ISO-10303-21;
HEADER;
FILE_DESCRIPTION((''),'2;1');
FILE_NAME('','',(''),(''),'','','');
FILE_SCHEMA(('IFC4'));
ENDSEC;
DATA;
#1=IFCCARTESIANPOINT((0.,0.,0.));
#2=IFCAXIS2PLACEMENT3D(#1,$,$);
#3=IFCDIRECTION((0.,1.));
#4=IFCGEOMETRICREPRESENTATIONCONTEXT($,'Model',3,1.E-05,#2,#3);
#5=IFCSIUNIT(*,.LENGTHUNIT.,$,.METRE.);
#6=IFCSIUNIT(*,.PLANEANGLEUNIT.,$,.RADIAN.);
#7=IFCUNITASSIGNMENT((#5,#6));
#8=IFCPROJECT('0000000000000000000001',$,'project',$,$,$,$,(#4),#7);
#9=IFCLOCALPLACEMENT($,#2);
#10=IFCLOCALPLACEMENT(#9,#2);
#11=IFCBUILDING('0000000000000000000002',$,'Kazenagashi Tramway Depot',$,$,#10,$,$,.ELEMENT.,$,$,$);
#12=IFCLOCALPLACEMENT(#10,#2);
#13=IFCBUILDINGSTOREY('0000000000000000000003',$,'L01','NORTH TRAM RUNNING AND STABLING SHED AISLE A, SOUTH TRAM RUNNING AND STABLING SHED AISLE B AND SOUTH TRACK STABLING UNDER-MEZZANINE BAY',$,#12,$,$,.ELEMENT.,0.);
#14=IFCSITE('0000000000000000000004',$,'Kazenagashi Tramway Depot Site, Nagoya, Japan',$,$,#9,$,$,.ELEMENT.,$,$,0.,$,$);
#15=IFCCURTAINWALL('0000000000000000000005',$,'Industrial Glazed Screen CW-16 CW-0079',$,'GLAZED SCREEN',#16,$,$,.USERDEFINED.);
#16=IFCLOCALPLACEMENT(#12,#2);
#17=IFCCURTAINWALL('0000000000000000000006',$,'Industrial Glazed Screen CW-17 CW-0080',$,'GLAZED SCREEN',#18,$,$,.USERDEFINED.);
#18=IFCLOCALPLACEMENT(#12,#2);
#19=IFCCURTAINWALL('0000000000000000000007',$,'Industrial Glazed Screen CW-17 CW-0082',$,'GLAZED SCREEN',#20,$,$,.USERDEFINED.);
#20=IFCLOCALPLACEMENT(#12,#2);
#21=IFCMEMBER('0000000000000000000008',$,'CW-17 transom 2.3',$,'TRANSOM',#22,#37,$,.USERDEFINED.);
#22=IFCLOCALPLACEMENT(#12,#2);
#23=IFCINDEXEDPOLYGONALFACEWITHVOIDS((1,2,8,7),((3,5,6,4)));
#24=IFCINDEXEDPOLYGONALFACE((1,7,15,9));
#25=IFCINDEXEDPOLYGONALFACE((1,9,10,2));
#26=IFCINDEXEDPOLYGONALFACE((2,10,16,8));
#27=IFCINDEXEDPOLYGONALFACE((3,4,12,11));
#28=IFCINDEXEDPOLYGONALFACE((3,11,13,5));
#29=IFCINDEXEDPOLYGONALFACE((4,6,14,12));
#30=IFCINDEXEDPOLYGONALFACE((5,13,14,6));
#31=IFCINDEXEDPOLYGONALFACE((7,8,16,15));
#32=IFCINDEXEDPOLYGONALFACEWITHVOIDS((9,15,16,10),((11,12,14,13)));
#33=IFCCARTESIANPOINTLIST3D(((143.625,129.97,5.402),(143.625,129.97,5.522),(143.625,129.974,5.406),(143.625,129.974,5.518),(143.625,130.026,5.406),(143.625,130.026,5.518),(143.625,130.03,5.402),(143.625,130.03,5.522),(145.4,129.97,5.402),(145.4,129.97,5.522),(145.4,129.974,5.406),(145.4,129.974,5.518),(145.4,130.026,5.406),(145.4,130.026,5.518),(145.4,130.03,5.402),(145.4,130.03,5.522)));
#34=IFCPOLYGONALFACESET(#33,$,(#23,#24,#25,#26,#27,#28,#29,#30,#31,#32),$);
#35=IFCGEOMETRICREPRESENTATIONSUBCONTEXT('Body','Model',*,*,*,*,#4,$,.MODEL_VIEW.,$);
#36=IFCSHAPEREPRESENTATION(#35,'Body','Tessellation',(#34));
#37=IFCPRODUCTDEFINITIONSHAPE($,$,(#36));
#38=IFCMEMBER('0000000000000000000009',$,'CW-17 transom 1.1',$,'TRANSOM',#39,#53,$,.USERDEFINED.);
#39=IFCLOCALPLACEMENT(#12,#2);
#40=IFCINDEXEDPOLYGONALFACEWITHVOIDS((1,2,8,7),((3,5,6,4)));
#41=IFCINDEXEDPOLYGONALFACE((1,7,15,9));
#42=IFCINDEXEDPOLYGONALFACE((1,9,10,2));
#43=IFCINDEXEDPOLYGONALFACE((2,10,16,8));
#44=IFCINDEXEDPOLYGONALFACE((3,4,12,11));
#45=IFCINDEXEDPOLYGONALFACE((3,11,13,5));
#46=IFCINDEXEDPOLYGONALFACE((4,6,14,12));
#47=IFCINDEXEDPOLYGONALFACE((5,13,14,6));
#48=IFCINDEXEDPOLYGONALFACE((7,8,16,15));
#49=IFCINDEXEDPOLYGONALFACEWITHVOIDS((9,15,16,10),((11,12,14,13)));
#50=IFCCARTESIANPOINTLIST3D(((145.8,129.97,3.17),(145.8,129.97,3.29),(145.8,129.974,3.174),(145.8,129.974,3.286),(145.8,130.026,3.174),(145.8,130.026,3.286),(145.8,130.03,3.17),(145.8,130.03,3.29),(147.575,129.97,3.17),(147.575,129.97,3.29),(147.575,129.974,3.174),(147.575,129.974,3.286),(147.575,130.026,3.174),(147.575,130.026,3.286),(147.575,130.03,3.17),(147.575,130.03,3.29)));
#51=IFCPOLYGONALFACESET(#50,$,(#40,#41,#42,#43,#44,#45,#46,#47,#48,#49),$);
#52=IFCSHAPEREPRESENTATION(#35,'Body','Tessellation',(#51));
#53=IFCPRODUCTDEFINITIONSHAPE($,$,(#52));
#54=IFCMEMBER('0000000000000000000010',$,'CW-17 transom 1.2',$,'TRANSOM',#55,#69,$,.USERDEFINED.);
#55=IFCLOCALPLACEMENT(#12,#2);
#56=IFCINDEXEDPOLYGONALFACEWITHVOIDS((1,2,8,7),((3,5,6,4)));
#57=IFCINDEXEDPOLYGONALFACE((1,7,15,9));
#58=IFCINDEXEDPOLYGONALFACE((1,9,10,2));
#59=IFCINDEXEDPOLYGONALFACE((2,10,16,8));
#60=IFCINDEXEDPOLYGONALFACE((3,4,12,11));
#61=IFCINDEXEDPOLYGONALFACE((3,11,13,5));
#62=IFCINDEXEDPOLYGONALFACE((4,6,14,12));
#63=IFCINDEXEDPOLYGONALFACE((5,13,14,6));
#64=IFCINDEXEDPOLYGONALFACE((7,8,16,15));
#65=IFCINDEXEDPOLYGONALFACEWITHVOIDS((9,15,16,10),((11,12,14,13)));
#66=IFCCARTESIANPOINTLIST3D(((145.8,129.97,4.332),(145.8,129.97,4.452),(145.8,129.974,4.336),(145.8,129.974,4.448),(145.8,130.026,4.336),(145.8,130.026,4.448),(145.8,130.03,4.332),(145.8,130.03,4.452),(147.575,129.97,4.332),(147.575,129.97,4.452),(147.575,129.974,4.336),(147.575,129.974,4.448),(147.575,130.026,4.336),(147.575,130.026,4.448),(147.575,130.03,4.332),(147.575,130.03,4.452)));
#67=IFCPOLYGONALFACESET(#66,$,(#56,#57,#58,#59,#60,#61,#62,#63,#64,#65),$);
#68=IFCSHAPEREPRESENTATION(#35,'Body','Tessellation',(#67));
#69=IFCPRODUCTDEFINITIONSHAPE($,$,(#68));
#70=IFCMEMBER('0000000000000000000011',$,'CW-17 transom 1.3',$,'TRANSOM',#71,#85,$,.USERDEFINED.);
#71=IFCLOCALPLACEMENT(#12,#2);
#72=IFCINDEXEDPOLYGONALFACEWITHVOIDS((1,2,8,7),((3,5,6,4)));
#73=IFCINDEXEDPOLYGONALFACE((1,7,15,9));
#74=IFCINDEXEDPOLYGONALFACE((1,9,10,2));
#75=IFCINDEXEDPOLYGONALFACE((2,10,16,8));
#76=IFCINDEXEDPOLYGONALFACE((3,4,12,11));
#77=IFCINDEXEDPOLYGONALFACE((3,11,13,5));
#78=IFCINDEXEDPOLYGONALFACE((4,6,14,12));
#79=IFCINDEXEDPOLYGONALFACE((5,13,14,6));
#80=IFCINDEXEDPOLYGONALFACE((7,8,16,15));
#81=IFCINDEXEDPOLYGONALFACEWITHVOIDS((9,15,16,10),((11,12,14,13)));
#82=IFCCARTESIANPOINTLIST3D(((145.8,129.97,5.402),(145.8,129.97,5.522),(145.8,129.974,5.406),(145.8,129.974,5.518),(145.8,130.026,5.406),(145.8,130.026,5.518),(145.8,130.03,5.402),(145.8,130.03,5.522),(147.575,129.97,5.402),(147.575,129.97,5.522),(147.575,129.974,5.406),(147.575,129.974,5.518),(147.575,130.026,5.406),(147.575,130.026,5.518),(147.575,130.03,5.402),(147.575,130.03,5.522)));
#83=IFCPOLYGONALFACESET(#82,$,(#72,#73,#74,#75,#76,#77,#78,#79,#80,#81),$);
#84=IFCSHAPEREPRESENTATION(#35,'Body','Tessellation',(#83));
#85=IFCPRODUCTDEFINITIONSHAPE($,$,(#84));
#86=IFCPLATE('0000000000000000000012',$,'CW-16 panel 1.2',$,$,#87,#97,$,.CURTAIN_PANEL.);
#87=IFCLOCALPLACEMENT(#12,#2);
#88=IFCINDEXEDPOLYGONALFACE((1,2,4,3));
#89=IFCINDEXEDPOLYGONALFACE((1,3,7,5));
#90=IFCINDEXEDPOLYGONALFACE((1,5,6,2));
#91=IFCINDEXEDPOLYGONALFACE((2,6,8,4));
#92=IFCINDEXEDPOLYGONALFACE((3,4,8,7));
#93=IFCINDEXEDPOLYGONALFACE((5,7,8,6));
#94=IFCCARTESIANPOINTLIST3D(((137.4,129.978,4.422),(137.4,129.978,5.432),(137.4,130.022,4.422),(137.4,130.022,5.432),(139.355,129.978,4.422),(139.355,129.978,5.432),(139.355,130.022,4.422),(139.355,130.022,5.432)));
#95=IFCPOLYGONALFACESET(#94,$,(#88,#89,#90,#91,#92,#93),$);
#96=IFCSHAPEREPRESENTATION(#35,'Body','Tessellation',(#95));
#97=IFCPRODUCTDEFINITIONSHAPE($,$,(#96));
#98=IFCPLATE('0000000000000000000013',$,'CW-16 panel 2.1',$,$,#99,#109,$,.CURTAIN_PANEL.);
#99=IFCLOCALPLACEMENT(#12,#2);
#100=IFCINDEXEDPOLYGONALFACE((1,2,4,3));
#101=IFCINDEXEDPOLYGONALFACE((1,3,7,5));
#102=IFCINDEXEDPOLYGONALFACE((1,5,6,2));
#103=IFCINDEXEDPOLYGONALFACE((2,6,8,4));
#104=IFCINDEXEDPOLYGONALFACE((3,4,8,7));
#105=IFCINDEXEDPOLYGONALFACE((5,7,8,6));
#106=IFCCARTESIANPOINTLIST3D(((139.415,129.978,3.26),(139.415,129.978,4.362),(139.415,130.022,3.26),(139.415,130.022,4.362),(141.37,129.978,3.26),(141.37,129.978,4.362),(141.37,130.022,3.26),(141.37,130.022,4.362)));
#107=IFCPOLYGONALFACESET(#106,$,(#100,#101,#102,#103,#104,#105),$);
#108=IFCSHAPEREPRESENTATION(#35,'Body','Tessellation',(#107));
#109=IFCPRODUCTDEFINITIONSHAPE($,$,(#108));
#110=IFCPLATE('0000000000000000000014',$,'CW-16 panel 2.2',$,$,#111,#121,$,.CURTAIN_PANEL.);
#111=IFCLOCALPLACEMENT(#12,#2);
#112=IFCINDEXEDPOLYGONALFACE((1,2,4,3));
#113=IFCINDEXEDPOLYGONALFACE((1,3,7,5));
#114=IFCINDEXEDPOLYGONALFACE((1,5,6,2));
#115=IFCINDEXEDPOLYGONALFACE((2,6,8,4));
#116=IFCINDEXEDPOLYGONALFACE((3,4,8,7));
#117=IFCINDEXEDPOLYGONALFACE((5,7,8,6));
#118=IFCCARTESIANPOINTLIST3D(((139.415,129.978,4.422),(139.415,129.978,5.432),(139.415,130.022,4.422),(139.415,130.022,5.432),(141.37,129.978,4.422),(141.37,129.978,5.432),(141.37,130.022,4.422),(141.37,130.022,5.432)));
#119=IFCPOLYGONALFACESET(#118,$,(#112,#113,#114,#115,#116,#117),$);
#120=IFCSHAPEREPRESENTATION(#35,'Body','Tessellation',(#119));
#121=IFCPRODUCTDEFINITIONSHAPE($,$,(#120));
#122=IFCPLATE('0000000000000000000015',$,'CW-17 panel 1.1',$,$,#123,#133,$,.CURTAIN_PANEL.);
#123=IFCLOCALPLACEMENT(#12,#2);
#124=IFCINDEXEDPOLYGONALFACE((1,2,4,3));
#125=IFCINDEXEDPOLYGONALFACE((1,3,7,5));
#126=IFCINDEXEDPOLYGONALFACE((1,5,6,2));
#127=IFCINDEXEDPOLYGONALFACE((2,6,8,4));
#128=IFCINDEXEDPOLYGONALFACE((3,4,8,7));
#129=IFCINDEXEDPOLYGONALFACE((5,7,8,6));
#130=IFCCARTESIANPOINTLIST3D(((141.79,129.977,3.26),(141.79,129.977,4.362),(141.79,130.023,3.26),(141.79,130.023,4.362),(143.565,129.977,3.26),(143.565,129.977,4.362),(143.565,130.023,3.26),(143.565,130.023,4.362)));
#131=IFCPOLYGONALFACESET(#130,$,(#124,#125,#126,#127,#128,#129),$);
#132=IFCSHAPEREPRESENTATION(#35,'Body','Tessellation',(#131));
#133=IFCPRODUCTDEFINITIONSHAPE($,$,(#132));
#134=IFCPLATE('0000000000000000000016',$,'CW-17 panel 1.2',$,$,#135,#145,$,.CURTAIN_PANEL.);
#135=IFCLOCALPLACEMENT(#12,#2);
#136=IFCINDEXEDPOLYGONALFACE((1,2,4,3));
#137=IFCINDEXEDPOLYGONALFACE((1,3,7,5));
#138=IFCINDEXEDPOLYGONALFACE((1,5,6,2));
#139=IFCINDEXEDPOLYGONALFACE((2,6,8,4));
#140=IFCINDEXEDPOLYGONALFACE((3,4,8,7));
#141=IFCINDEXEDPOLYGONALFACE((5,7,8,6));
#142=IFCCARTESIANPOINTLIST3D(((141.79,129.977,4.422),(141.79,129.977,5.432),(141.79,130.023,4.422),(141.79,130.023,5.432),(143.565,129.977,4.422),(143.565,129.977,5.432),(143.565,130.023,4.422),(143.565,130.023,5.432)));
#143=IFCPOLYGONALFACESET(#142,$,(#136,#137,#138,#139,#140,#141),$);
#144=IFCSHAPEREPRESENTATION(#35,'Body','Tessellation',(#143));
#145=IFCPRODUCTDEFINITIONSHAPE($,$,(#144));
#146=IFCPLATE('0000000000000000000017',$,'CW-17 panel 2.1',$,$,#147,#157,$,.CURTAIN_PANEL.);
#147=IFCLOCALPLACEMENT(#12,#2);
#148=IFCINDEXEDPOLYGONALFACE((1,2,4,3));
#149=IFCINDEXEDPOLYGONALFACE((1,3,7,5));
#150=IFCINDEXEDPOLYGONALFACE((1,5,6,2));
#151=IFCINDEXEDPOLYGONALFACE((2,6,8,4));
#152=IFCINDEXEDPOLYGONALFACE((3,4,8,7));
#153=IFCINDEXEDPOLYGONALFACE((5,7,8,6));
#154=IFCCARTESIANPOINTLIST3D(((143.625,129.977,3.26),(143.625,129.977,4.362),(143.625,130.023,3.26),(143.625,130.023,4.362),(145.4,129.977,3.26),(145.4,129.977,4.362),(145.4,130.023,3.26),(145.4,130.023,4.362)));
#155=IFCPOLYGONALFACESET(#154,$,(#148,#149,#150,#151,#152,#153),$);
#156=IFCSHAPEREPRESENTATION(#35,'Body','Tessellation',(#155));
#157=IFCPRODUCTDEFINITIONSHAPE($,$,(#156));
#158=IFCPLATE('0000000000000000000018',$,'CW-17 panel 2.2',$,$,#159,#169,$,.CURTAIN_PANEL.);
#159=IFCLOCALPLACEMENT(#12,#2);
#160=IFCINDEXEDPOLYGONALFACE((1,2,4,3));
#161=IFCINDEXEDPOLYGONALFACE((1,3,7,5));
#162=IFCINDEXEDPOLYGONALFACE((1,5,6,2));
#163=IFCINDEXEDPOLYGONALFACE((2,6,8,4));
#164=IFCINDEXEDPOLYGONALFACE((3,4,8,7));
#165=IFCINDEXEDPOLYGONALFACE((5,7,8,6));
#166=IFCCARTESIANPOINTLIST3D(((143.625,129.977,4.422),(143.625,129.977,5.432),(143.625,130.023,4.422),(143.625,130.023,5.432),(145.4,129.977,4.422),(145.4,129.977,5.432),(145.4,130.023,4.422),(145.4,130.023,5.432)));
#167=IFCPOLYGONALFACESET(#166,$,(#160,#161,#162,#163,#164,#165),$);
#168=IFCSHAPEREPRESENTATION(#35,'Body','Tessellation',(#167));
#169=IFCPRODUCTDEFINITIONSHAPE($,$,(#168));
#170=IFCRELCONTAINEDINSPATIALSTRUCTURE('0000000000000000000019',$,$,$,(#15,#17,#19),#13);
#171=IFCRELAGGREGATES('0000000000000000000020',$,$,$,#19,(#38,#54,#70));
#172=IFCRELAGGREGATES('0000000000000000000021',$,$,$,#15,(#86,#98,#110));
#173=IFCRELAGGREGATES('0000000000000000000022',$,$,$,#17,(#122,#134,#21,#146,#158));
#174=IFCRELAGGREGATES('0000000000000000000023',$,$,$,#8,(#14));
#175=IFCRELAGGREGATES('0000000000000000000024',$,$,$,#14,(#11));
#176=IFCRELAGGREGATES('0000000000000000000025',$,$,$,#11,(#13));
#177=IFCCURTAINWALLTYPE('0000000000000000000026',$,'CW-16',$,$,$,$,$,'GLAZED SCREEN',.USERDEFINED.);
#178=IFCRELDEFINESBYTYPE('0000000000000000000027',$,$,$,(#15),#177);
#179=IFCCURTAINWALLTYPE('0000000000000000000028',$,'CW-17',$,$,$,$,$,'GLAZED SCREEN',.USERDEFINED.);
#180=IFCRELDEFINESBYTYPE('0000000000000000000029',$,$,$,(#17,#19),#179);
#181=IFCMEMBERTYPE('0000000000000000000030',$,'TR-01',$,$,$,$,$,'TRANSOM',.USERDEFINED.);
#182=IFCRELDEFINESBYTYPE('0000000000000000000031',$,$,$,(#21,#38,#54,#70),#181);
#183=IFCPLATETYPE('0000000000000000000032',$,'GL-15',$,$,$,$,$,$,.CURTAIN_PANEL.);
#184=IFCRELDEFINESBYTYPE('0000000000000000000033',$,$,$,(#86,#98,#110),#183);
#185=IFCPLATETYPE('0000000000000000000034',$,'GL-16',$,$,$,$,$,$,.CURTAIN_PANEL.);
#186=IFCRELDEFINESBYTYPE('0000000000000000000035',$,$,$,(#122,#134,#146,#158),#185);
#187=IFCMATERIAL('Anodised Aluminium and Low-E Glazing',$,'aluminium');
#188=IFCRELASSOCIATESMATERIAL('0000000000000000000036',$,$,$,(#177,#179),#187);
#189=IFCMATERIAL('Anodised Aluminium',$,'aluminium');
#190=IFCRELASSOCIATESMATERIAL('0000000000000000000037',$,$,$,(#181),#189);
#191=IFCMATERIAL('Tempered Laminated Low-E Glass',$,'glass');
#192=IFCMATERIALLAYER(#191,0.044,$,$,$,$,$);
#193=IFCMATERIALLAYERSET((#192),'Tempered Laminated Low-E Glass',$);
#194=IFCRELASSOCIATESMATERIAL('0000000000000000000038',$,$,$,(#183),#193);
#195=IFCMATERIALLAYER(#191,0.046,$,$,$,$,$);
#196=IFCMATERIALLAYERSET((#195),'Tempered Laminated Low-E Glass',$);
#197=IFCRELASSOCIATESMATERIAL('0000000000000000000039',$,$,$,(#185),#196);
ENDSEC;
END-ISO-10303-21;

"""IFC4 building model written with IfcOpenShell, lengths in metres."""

from ifc_helpers import new_model, si_unit, direction, frame, origin, origin_2d, place, context, subcontext, project, spatial, rectangle, hollow_rectangle, extrude, material, layer, layer_set, material_profile, profile_set, type_object, element, aggregate, save


model = new_model("IFC4")

# Units and contexts
model_context = context("Model", 3, precision=1e-05, world=origin(), true_north=direction((0.0, 1.0)))
body_context = subcontext(model_context, "Body", "Model", "MODEL_VIEW")
ifc_project = project(units=[si_unit("LENGTHUNIT", "METRE"), si_unit("PLANEANGLEUNIT", "RADIAN")], contexts=[model_context])

# Site, building, storey
site_placement = place(None, origin())
site = spatial("IfcSite", under=ifc_project, at=site_placement, Name="Kazenagashi Tramway Depot Site, Nagoya, Japan", CompositionType="ELEMENT", RefElevation=0.0)
building_placement = place(site_placement, origin())
building = spatial("IfcBuilding", under=site, at=building_placement, Name="Kazenagashi Tramway Depot", CompositionType="ELEMENT")
storey_placement = place(building_placement, origin())
storey = spatial("IfcBuildingStorey", under=building, at=storey_placement, Name="L01", Description="NORTH TRAM RUNNING AND STABLING SHED AISLE A, SOUTH TRAM RUNNING AND STABLING SHED AISLE B AND SOUTH TRACK STABLING UNDER-MEZZANINE BAY", CompositionType="ELEMENT", Elevation=0.0)

# Curtain walls
ifc_material_1 = material(Name="Anodised Aluminium and Low-E Glazing", Category="aluminium")
curtain_wall_type_1 = type_object("IfcCurtainWallType", Name="CW-16", ElementType="GLAZED SCREEN", PredefinedType="USERDEFINED", material=ifc_material_1)
curtain_wall_1_placement = place(storey_placement, origin())
curtain_wall_1 = element("IfcCurtainWall", 1, at=curtain_wall_1_placement, inside=storey, type_object=curtain_wall_type_1, Name="Industrial Glazed Screen CW-16 CW-0079", ObjectType="GLAZED SCREEN", PredefinedType="USERDEFINED")
ifc_material_2 = material(Name="Anodised Aluminium", Category="aluminium")
curtain_wall_type_2 = type_object("IfcCurtainWallType", Name="CW-17", ElementType="GLAZED SCREEN", PredefinedType="USERDEFINED", material=ifc_material_1)
curtain_wall_2_placement = place(storey_placement, origin())
curtain_wall_2 = element("IfcCurtainWall", 2, at=curtain_wall_2_placement, inside=storey, type_object=curtain_wall_type_2, Name="Industrial Glazed Screen CW-17 CW-0080", ObjectType="GLAZED SCREEN", PredefinedType="USERDEFINED")

# Curtain wall
curtain_wall_3_placement = place(storey_placement, origin())
curtain_wall_3 = element("IfcCurtainWall", 3, at=curtain_wall_3_placement, inside=storey, type_object=curtain_wall_type_2, Name="Industrial Glazed Screen CW-17 CW-0082", ObjectType="GLAZED SCREEN", PredefinedType="USERDEFINED")

# Members
ifc_material_profile_1 = material_profile(ifc_material_2, hollow_rectangle(XDim=0.06, YDim=0.12, WallThickness=0.004, at=origin_2d()), Name="RHS-120x60x4")
ifc_profile_set_1 = profile_set([ifc_material_profile_1], Name="Anodised Aluminium")
member_type_1 = type_object("IfcMemberType", Name="TR-01", ElementType="TRANSOM", PredefinedType="USERDEFINED", material=ifc_profile_set_1)
member_1_placement = place(storey_placement, frame((143.625, 130.0, 5.462), z_axis=(1.0, 0.0, 0.0), x_axis=(0.0, 1.0, 0.0)))
member_1 = element("IfcMember", 4, at=member_1_placement, type_object=member_type_1, Name="CW-17 transom 2.3", ObjectType="TRANSOM", PredefinedType="USERDEFINED", context=body_context, shape_type="SweptSolid", body=[
    extrude(hollow_rectangle(XDim=0.06, YDim=0.12, WallThickness=0.004, at=origin_2d()), origin(), (0.0, 0.0, 1.0), 1.775),
])
member_2_placement = place(storey_placement, frame((145.8, 130.0, 3.23), z_axis=(1.0, 0.0, 0.0), x_axis=(0.0, 1.0, 0.0)))
member_2 = element("IfcMember", 5, at=member_2_placement, type_object=member_type_1, Name="CW-17 transom 1.1", ObjectType="TRANSOM", PredefinedType="USERDEFINED", context=body_context, shape_type="SweptSolid", body=[
    extrude(hollow_rectangle(XDim=0.06, YDim=0.12, WallThickness=0.004, at=origin_2d()), origin(), (0.0, 0.0, 1.0), 1.775),
])
member_3_placement = place(storey_placement, frame((145.8, 130.0, 4.392), z_axis=(1.0, 0.0, 0.0), x_axis=(0.0, 1.0, 0.0)))
member_3 = element("IfcMember", 6, at=member_3_placement, type_object=member_type_1, Name="CW-17 transom 1.2", ObjectType="TRANSOM", PredefinedType="USERDEFINED", context=body_context, shape_type="SweptSolid", body=[
    extrude(hollow_rectangle(XDim=0.06, YDim=0.12, WallThickness=0.004, at=origin_2d()), origin(), (0.0, 0.0, 1.0), 1.775),
])
member_4_placement = place(storey_placement, frame((145.8, 130.0, 5.462), z_axis=(1.0, 0.0, 0.0), x_axis=(0.0, 1.0, 0.0)))
member_4 = element("IfcMember", 7, at=member_4_placement, type_object=member_type_1, Name="CW-17 transom 1.3", ObjectType="TRANSOM", PredefinedType="USERDEFINED", context=body_context, shape_type="SweptSolid", body=[
    extrude(hollow_rectangle(XDim=0.06, YDim=0.12, WallThickness=0.004, at=origin_2d()), origin(), (0.0, 0.0, 1.0), 1.775),
])
aggregate(curtain_wall_3, [member_2, member_3, member_4])

# Plates
ifc_material_3 = material(Name="Tempered Laminated Low-E Glass", Category="glass")
ifc_layer_1 = layer(ifc_material_3, 0.044)
ifc_layer_set_1 = layer_set([ifc_layer_1], Name="Tempered Laminated Low-E Glass")
plate_type_1 = type_object("IfcPlateType", Name="GL-15", PredefinedType="CURTAIN_PANEL", material=ifc_layer_set_1)
plate_1_placement = place(storey_placement, frame((138.3775, 130.0, 4.422), z_axis=(0.0, 0.0, 1.0), x_axis=(1.0, 0.0, 0.0)))
plate_1 = element("IfcPlate", 8, at=plate_1_placement, type_object=plate_type_1, Name="CW-16 panel 1.2", PredefinedType="CURTAIN_PANEL", context=body_context, shape_type="SweptSolid", body=[
    extrude(rectangle(XDim=1.955, YDim=0.044, at=origin_2d()), origin(), (0.0, 0.0, 1.0), 1.01),
])
plate_2_placement = place(storey_placement, frame((140.3925, 130.0, 3.26), z_axis=(0.0, 0.0, 1.0), x_axis=(1.0, 0.0, 0.0)))
plate_2 = element("IfcPlate", 9, at=plate_2_placement, type_object=plate_type_1, Name="CW-16 panel 2.1", PredefinedType="CURTAIN_PANEL", context=body_context, shape_type="SweptSolid", body=[
    extrude(rectangle(XDim=1.955, YDim=0.044, at=origin_2d()), origin(), (0.0, 0.0, 1.0), 1.102),
])
plate_3_placement = place(storey_placement, frame((140.3925, 130.0, 4.422), z_axis=(0.0, 0.0, 1.0), x_axis=(1.0, 0.0, 0.0)))
plate_3 = element("IfcPlate", 10, at=plate_3_placement, type_object=plate_type_1, Name="CW-16 panel 2.2", PredefinedType="CURTAIN_PANEL", context=body_context, shape_type="SweptSolid", body=[
    extrude(rectangle(XDim=1.955, YDim=0.044, at=origin_2d()), origin(), (0.0, 0.0, 1.0), 1.01),
])
aggregate(curtain_wall_1, [plate_1, plate_2, plate_3])
ifc_layer_2 = layer(ifc_material_3, 0.046)
ifc_layer_set_2 = layer_set([ifc_layer_2], Name="Tempered Laminated Low-E Glass")
plate_type_2 = type_object("IfcPlateType", Name="GL-16", PredefinedType="CURTAIN_PANEL", material=ifc_layer_set_2)
plate_4_placement = place(storey_placement, frame((142.6775, 130.0, 3.26), z_axis=(0.0, 0.0, 1.0), x_axis=(1.0, 0.0, 0.0)))
plate_4 = element("IfcPlate", 11, at=plate_4_placement, type_object=plate_type_2, Name="CW-17 panel 1.1", PredefinedType="CURTAIN_PANEL", context=body_context, shape_type="SweptSolid", body=[
    extrude(rectangle(XDim=1.775, YDim=0.046, at=origin_2d()), origin(), (0.0, 0.0, 1.0), 1.102),
])
plate_5_placement = place(storey_placement, frame((142.6775, 130.0, 4.422), z_axis=(0.0, 0.0, 1.0), x_axis=(1.0, 0.0, 0.0)))
plate_5 = element("IfcPlate", 12, at=plate_5_placement, type_object=plate_type_2, Name="CW-17 panel 1.2", PredefinedType="CURTAIN_PANEL", context=body_context, shape_type="SweptSolid", body=[
    extrude(rectangle(XDim=1.775, YDim=0.046, at=origin_2d()), origin(), (0.0, 0.0, 1.0), 1.01),
])
plate_6_placement = place(storey_placement, frame((144.5125, 130.0, 3.26), z_axis=(0.0, 0.0, 1.0), x_axis=(1.0, 0.0, 0.0)))
plate_6 = element("IfcPlate", 13, at=plate_6_placement, type_object=plate_type_2, Name="CW-17 panel 2.1", PredefinedType="CURTAIN_PANEL", context=body_context, shape_type="SweptSolid", body=[
    extrude(rectangle(XDim=1.775, YDim=0.046, at=origin_2d()), origin(), (0.0, 0.0, 1.0), 1.102),
])
plate_7_placement = place(storey_placement, frame((144.5125, 130.0, 4.422), z_axis=(0.0, 0.0, 1.0), x_axis=(1.0, 0.0, 0.0)))
plate_7 = element("IfcPlate", 14, at=plate_7_placement, type_object=plate_type_2, Name="CW-17 panel 2.2", PredefinedType="CURTAIN_PANEL", context=body_context, shape_type="SweptSolid", body=[
    extrude(rectangle(XDim=1.775, YDim=0.046, at=origin_2d()), origin(), (0.0, 0.0, 1.0), 1.01),
])
aggregate(curtain_wall_2, [plate_4, plate_5, member_1, plate_6, plate_7])

save(model, "model.ifc")
